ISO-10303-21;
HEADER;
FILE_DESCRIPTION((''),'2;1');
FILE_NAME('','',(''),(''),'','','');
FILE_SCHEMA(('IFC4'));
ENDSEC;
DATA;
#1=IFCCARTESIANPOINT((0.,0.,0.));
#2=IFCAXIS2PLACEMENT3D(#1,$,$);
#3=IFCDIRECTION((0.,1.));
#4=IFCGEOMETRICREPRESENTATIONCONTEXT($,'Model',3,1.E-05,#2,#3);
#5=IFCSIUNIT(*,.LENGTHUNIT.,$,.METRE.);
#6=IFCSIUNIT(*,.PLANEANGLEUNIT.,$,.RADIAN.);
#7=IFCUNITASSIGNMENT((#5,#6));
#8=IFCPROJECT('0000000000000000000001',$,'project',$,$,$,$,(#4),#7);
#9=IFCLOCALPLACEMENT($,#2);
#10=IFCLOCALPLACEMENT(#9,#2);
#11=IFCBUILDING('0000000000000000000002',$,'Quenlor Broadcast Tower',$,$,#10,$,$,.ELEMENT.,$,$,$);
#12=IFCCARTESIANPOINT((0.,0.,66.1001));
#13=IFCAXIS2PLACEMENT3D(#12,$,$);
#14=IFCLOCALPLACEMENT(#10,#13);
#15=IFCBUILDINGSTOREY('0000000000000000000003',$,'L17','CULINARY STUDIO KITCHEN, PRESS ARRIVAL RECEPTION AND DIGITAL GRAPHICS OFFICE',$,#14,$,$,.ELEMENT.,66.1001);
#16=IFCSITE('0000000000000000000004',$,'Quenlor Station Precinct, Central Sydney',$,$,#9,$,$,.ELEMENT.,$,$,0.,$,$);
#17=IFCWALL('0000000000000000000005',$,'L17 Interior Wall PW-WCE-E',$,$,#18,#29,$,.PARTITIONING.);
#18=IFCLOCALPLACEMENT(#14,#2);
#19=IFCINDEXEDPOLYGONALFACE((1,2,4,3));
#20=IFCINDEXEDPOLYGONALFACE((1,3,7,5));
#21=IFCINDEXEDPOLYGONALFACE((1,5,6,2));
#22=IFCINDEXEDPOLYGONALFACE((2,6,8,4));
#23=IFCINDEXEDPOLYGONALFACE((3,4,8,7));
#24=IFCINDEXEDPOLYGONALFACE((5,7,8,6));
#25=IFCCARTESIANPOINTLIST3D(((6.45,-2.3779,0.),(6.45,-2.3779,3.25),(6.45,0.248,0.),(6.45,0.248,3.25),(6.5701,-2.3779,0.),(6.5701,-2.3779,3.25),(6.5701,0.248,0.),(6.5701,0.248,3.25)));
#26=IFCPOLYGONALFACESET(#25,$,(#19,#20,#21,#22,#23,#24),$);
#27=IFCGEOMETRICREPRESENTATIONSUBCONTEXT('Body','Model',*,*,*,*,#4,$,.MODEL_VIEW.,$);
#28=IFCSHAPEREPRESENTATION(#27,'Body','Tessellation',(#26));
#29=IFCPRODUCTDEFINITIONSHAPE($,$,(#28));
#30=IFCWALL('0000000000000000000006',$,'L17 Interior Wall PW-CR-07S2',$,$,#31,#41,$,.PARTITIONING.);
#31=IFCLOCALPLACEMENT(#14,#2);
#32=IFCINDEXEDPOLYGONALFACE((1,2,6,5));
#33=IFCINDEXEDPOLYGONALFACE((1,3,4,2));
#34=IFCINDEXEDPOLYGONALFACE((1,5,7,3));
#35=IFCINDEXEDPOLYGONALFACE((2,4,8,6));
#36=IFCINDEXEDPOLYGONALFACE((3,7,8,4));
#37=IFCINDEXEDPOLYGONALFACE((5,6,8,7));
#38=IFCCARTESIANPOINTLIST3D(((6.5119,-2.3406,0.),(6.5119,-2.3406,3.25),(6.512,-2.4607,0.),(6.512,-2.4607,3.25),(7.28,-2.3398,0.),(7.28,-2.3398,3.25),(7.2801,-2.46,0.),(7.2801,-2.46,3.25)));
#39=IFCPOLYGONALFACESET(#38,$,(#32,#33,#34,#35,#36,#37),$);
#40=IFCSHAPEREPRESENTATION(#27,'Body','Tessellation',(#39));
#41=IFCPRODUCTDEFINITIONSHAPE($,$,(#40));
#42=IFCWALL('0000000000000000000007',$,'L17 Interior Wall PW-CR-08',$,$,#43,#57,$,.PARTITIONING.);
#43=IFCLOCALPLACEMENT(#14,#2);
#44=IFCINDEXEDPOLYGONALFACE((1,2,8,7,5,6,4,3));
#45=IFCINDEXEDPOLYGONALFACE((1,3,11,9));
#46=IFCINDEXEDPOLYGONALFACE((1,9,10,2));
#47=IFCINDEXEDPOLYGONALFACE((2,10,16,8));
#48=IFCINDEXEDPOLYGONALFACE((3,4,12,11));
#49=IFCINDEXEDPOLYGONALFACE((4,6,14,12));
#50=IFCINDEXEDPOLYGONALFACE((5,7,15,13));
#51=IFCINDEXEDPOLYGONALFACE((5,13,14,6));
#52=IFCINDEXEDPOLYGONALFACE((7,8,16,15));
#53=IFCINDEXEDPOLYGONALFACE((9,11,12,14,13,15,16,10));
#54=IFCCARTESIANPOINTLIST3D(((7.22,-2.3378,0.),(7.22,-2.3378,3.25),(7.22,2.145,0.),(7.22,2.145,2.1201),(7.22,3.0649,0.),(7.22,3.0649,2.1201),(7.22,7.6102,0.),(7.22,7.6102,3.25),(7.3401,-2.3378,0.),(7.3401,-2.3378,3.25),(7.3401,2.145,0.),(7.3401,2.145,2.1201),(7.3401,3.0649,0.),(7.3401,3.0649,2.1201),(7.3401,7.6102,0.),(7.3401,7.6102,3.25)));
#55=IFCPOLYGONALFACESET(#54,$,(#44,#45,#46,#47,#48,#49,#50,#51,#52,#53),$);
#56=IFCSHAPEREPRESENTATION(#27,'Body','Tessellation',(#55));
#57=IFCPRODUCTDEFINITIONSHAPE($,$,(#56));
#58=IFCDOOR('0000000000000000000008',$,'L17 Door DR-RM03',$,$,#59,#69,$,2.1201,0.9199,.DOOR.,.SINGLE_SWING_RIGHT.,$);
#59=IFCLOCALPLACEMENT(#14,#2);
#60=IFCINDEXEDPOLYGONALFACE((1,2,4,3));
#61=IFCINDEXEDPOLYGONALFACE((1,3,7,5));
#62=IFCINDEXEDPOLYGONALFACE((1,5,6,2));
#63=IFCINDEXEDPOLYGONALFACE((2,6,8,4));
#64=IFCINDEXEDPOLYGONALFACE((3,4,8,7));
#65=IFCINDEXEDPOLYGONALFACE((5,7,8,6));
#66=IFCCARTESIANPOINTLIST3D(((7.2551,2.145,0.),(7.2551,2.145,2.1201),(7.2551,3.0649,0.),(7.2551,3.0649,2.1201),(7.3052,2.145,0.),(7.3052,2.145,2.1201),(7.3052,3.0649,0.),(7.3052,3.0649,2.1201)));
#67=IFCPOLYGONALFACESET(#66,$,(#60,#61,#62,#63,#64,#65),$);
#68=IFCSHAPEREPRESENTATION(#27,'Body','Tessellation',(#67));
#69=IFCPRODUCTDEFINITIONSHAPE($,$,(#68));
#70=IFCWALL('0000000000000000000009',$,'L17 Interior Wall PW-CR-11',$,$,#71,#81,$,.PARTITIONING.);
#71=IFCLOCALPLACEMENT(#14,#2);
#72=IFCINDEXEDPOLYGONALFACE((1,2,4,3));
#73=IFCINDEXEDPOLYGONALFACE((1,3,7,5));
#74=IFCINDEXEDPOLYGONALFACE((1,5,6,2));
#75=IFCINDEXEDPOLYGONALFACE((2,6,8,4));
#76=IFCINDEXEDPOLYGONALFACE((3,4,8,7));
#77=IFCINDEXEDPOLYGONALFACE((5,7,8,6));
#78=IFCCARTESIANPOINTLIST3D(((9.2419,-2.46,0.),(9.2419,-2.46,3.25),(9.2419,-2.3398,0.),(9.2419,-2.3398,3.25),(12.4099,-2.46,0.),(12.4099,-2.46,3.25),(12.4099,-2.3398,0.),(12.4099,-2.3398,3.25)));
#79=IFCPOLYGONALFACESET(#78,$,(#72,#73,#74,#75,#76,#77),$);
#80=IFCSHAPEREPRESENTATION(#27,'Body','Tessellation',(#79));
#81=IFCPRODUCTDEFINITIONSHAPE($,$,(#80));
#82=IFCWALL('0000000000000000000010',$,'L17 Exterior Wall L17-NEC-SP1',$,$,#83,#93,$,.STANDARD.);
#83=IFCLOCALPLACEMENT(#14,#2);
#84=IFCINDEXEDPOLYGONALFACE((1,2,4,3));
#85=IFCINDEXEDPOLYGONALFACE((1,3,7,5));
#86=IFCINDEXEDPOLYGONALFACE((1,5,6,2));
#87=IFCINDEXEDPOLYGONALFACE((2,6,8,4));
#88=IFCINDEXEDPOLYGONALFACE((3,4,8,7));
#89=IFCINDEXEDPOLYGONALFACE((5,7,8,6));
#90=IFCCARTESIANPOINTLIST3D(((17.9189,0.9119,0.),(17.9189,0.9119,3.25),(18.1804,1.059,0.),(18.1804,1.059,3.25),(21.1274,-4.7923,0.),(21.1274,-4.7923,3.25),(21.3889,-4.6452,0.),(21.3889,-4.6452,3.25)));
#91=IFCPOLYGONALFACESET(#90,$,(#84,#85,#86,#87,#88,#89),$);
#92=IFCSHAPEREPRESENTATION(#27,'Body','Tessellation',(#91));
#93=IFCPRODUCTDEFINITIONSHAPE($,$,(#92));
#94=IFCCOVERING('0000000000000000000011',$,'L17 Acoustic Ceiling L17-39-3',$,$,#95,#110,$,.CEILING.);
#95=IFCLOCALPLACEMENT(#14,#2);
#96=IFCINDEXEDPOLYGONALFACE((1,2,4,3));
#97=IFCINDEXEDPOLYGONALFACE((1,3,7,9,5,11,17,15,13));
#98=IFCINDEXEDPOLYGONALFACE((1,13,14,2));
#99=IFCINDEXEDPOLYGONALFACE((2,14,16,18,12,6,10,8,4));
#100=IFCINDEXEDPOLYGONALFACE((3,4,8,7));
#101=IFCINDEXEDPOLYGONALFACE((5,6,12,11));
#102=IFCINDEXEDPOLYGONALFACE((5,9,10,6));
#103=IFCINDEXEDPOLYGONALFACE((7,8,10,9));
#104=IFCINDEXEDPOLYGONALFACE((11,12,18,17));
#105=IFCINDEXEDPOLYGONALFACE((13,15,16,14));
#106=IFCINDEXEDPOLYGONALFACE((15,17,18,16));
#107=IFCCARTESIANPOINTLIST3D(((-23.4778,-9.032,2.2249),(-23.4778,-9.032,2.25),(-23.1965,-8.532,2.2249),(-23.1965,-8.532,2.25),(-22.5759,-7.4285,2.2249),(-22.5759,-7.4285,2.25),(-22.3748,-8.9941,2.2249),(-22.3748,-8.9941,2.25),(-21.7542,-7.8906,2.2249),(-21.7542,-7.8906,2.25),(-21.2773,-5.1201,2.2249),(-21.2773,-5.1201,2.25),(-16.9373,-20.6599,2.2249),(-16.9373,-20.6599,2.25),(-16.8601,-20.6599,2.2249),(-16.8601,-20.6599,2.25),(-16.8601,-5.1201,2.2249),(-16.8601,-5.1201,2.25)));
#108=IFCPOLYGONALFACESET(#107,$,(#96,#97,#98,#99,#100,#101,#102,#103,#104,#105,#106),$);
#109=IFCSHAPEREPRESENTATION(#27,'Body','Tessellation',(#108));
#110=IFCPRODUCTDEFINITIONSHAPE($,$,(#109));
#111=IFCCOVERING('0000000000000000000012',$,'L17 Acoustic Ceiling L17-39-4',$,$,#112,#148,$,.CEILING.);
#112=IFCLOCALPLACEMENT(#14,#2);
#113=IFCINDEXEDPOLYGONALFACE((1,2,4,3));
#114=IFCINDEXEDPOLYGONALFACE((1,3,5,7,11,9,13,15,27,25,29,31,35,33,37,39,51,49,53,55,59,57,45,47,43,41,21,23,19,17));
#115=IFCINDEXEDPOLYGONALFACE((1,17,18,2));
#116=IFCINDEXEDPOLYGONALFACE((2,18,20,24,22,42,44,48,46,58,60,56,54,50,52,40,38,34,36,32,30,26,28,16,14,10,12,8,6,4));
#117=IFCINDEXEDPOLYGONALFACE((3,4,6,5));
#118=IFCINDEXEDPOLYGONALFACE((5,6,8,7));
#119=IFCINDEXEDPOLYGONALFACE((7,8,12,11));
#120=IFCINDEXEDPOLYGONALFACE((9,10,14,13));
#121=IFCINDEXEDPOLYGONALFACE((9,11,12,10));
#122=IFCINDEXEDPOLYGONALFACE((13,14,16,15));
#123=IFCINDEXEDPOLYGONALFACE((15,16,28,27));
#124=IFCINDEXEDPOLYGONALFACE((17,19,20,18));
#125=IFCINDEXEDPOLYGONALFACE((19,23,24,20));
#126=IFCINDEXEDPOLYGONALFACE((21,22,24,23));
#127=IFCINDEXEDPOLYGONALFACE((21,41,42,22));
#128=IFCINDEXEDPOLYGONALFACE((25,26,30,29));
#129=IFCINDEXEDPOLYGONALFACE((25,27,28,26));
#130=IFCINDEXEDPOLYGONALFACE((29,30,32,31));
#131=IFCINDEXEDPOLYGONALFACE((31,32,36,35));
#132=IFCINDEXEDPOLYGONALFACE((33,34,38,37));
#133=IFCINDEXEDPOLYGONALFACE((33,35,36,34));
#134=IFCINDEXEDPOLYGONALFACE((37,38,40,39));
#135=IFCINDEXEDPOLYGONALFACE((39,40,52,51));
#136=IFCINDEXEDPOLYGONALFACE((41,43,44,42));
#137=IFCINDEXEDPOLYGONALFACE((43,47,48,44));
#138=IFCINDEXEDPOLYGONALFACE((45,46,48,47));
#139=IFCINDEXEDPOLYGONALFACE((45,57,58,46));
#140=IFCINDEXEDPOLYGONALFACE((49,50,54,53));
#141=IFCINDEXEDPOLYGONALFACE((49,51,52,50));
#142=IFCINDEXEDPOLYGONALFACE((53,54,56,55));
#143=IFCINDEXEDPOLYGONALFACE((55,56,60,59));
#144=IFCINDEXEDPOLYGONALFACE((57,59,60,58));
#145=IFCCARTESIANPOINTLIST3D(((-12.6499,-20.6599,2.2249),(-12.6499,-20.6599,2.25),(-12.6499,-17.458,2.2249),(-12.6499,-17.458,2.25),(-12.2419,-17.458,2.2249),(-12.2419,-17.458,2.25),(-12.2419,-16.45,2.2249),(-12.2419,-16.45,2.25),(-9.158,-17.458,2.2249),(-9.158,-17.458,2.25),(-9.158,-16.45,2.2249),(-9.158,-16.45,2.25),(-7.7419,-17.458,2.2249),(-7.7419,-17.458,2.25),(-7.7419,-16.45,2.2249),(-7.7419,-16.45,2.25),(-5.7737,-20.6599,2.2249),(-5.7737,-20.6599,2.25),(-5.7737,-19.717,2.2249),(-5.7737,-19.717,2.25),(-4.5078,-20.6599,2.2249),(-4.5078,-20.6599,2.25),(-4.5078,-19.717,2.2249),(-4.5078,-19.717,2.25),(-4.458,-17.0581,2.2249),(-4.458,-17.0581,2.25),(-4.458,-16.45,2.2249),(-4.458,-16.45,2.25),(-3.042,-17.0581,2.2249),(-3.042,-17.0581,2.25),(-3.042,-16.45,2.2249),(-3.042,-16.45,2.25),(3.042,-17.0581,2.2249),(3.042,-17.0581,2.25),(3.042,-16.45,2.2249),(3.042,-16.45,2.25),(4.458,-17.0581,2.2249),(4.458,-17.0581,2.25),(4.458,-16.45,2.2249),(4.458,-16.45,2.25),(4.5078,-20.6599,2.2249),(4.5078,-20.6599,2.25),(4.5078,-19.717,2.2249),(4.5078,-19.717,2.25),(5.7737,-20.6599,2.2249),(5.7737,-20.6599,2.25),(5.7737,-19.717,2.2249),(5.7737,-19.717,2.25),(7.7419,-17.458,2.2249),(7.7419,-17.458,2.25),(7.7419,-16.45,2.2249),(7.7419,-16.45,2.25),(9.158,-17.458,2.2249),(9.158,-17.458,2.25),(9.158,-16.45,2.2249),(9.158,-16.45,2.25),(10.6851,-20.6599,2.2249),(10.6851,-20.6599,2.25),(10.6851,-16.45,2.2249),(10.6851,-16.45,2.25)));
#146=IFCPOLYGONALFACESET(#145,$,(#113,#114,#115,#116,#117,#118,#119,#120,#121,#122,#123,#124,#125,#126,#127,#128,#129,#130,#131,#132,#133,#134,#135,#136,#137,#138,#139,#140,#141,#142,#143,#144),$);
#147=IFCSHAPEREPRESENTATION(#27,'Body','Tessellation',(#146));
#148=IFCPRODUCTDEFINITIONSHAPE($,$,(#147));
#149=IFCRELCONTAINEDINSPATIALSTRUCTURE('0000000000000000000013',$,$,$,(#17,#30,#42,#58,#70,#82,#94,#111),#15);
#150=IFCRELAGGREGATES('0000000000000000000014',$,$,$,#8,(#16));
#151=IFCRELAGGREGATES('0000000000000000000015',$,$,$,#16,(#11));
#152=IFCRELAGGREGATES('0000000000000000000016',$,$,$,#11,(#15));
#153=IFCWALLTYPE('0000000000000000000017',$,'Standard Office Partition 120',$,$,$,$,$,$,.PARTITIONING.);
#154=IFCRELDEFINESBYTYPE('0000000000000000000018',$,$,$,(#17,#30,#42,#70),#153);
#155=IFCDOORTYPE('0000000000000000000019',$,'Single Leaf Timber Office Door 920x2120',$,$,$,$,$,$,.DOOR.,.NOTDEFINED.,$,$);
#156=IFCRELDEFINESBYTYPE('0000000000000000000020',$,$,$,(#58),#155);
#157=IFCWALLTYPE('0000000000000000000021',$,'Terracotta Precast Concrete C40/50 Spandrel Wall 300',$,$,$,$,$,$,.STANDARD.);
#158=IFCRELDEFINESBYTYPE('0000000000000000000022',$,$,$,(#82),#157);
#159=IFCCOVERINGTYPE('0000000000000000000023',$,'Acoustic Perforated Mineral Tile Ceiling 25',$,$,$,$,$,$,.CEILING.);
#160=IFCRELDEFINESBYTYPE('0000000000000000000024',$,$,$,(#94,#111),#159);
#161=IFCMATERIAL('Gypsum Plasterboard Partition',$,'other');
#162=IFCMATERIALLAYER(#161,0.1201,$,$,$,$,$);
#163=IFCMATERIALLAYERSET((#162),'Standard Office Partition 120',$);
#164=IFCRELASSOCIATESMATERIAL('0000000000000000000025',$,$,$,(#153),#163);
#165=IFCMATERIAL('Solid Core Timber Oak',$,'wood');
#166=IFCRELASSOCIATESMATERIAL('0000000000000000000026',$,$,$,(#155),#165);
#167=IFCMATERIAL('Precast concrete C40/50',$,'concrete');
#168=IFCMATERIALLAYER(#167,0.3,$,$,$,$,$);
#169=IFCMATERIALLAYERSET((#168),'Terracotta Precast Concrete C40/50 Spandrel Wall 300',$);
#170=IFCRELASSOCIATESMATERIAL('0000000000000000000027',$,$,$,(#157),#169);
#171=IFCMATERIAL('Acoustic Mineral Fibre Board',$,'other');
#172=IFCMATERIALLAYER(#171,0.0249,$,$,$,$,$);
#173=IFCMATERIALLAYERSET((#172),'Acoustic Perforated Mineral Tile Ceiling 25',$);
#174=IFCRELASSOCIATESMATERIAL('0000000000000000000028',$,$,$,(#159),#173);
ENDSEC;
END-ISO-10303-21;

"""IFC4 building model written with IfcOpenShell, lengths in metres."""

from ifc_helpers import new_model, si_unit, direction, frame, frame_2d, origin, place, context, subcontext, project, spatial, polyline, rectangle, outline, extrude, material, layer, layer_set, type_object, element, fill, save


model = new_model("IFC4")

# Units and contexts
model_context = context("Model", 3, precision=1e-05, world=origin(), true_north=direction((0.0, 1.0)))
body_context = subcontext(model_context, "Body", "Model", "MODEL_VIEW")
ifc_project = project(units=[si_unit("LENGTHUNIT", "METRE"), si_unit("PLANEANGLEUNIT", "RADIAN")], contexts=[model_context])

# Site, building, storey
site_placement = place(None, origin())
site = spatial("IfcSite", under=ifc_project, at=site_placement, Name="Quenlor Station Precinct, Central Sydney", CompositionType="ELEMENT", RefElevation=0.0)
building_placement = place(site_placement, origin())
building = spatial("IfcBuilding", under=site, at=building_placement, Name="Quenlor Broadcast Tower", CompositionType="ELEMENT")
storey_placement = place(building_placement, frame((0.0, 0.0, 66.1001)))
storey = spatial("IfcBuildingStorey", under=building, at=storey_placement, Name="L17", Description="CULINARY STUDIO KITCHEN, PRESS ARRIVAL RECEPTION AND DIGITAL GRAPHICS OFFICE", CompositionType="ELEMENT", Elevation=66.1001)

# Shared definitions
ifc_material_1 = material(Name="Gypsum Plasterboard Partition", Category="other")
ifc_layer_1 = layer(ifc_material_1, 0.1201)
ifc_layer_set_1 = layer_set([ifc_layer_1], Name="Standard Office Partition 120")
wall_type_1 = type_object("IfcWallType", Name="Standard Office Partition 120", PredefinedType="PARTITIONING", material=ifc_layer_set_1)

# Walls
for number, where, z_axis, x_axis, name in (
    (1, (6.51, -2.3779, 0.0), (0.0, 0.0, 1.0), (0.0, 1.0, 0.0), "L17 Interior Wall PW-WCE-E"),
):
    element("IfcWall", number, at=place(storey_placement, frame(where, z_axis=z_axis, x_axis=x_axis)), inside=storey, type_object=wall_type_1, Name=name, PredefinedType="PARTITIONING", context=body_context, shape_type="SweptSolid", body=[
        extrude(rectangle(XDim=2.626, YDim=0.1201, at=frame_2d((1.313, 0.0))), origin(), (0.0, 0.0, 1.0), 3.25),
    ])
wall_1_placement = place(storey_placement, frame((6.512, -2.4006, 0.0), z_axis=(0.0, 0.0, 1.0), x_axis=(1.0, 0.000954, 0.0)))
element("IfcWall", 2, at=wall_1_placement, inside=storey, type_object=wall_type_1, Name="L17 Interior Wall PW-CR-07S2", PredefinedType="PARTITIONING", context=body_context, shape_type="SweptSolid", body=[
    extrude(rectangle(XDim=0.7681, YDim=0.1201, at=frame_2d((0.384, 0.0))), origin(), (0.0, 0.0, 1.0), 3.25),
])

# Wall, opening, door
wall_2_placement = place(storey_placement, frame((7.28, -2.3379, 0.0), z_axis=(0.0, 0.0, 1.0), x_axis=(0.0, 1.0, 0.0)))
wall_2 = element("IfcWall", 3, at=wall_2_placement, inside=storey, type_object=wall_type_1, Name="L17 Interior Wall PW-CR-08", PredefinedType="PARTITIONING", context=body_context, shape_type="SweptSolid", body=[
    extrude(rectangle(XDim=9.948, YDim=0.1201, at=frame_2d((4.9741, 0.0))), origin(), (0.0, 0.0, 1.0), 3.25),
])
opening_1_placement = place(wall_2_placement, frame((4.4829, 0.0, 0.0)))
opening_1 = element("IfcOpeningElement", 4, at=opening_1_placement, cuts=wall_2, PredefinedType="OPENING", context=body_context, shape_type="SweptSolid", body=[
    extrude(rectangle(XDim=0.9199, YDim=2.1201, at=frame_2d((0.46, 1.0601))), frame((0.0, 0.0701, 0.0), z_axis=(0.0, -1.0, 0.0), x_axis=(1.0, 0.0, 0.0)), (0.0, 0.0, 1.0), 0.1401),
])
ifc_material_2 = material(Name="Solid Core Timber Oak", Category="wood")
door_type_1 = type_object("IfcDoorType", Name="Single Leaf Timber Office Door 920x2120", OperationType="NOTDEFINED", PredefinedType="DOOR", material=ifc_material_2)
door_1_placement = place(opening_1_placement, origin())
door_1 = element("IfcDoor", 5, at=door_1_placement, inside=storey, type_object=door_type_1, Name="L17 Door DR-RM03", OperationType="SINGLE_SWING_RIGHT", OverallHeight=2.1201, OverallWidth=0.9199, PredefinedType="DOOR", context=body_context, shape_type="SweptSolid", body=[
    extrude(rectangle(XDim=0.9199, YDim=2.1201, at=frame_2d((0.46, 1.0601))), frame((0.0, 0.0249, 0.0), z_axis=(0.0, -1.0, 0.0), x_axis=(1.0, 0.0, 0.0)), (0.0, 0.0, 1.0), 0.05),
])
fill(opening_1, door_1)

# Wall
wall_3_placement = place(storey_placement, frame((9.2419, -2.3999, 0.0), z_axis=(0.0, 0.0, 1.0), x_axis=(1.0, 0.0, 0.0)))
element("IfcWall", 6, at=wall_3_placement, inside=storey, type_object=wall_type_1, Name="L17 Interior Wall PW-CR-11", PredefinedType="PARTITIONING", context=body_context, shape_type="SweptSolid", body=[
    extrude(rectangle(XDim=3.168, YDim=0.1201, at=frame_2d((1.584, 0.0))), origin(), (0.0, 0.0, 1.0), 3.25),
])

# Wall
ifc_material_3 = material(Name="Precast concrete C40/50", Category="concrete")
ifc_layer_2 = layer(ifc_material_3, 0.3)
ifc_layer_set_2 = layer_set([ifc_layer_2], Name="Terracotta Precast Concrete C40/50 Spandrel Wall 300")
wall_type_2 = type_object("IfcWallType", Name="Terracotta Precast Concrete C40/50 Spandrel Wall 300", PredefinedType="STANDARD", material=ifc_layer_set_2)
wall_4_placement = place(storey_placement, frame((18.0496, 0.9856, 0.0), z_axis=(0.0, 0.0, 1.0), x_axis=(0.490254, -0.87158, 0.0)))
element("IfcWall", 7, at=wall_4_placement, inside=storey, type_object=wall_type_2, Name="L17 Exterior Wall L17-NEC-SP1", PredefinedType="STANDARD", context=body_context, shape_type="SweptSolid", body=[
    extrude(rectangle(XDim=6.5447, YDim=0.3, at=frame_2d((3.2725, 0.0))), origin(), (0.0, 0.0, 1.0), 3.25),
])

# Coverings
ifc_material_4 = material(Name="Acoustic Mineral Fibre Board", Category="other")
ifc_layer_3 = layer(ifc_material_4, 0.0249)
ifc_layer_set_3 = layer_set([ifc_layer_3], Name="Acoustic Perforated Mineral Tile Ceiling 25")
covering_type = type_object("IfcCoveringType", Name="Acoustic Perforated Mineral Tile Ceiling 25", PredefinedType="CEILING", material=ifc_layer_set_3)
covering_1_placement = place(storey_placement, frame((0.0, 0.0, 2.2249)))
element("IfcCovering", 8, at=covering_1_placement, inside=storey, type_object=covering_type, Name="L17 Acoustic Ceiling L17-39-3", PredefinedType="CEILING", context=body_context, shape_type="SweptSolid", body=[
    extrude(outline(polyline([(-16.8601, -20.6599), (-16.9373, -20.6599), (-23.4778, -9.032), (-23.1965, -8.532), (-22.3748, -8.9941), (-21.7542, -7.8906), (-22.5759, -7.4285), (-21.2773, -5.1201), (-16.8601, -5.1201), (-16.8601, -20.6599)])), origin(), (0.0, 0.0, 1.0), 0.0251),
])
covering_2_placement = place(storey_placement, frame((0.0, 0.0, 2.2249)))
element("IfcCovering", 9, at=covering_2_placement, inside=storey, type_object=covering_type, Name="L17 Acoustic Ceiling L17-39-4", PredefinedType="CEILING", context=body_context, shape_type="SweptSolid", body=[
    extrude(outline(polyline([(-12.2419, -17.458), (-12.2419, -16.45), (-9.158, -16.45), (-9.158, -17.458), (-7.7419, -17.458), (-7.7419, -16.45), (-4.458, -16.45), (-4.458, -17.0581), (-3.042, -17.0581), (-3.042, -16.45), (3.042, -16.45), (3.042, -17.0581), (4.458, -17.0581), (4.458, -16.45), (7.7419, -16.45), (7.7419, -17.458), (9.158, -17.458), (9.158, -16.45), (10.6851, -16.45), (10.6851, -20.6599), (5.7737, -20.6599), (5.7737, -19.717), (4.5078, -19.717), (4.5078, -20.6599), (-4.5078, -20.6599), (-4.5078, -19.717), (-5.7737, -19.717), (-5.7737, -20.6599), (-12.6499, -20.6599), (-12.6499, -17.458), (-12.2419, -17.458)])), origin(), (0.0, 0.0, 1.0), 0.0251),
])

save(model, "model.ifc")
